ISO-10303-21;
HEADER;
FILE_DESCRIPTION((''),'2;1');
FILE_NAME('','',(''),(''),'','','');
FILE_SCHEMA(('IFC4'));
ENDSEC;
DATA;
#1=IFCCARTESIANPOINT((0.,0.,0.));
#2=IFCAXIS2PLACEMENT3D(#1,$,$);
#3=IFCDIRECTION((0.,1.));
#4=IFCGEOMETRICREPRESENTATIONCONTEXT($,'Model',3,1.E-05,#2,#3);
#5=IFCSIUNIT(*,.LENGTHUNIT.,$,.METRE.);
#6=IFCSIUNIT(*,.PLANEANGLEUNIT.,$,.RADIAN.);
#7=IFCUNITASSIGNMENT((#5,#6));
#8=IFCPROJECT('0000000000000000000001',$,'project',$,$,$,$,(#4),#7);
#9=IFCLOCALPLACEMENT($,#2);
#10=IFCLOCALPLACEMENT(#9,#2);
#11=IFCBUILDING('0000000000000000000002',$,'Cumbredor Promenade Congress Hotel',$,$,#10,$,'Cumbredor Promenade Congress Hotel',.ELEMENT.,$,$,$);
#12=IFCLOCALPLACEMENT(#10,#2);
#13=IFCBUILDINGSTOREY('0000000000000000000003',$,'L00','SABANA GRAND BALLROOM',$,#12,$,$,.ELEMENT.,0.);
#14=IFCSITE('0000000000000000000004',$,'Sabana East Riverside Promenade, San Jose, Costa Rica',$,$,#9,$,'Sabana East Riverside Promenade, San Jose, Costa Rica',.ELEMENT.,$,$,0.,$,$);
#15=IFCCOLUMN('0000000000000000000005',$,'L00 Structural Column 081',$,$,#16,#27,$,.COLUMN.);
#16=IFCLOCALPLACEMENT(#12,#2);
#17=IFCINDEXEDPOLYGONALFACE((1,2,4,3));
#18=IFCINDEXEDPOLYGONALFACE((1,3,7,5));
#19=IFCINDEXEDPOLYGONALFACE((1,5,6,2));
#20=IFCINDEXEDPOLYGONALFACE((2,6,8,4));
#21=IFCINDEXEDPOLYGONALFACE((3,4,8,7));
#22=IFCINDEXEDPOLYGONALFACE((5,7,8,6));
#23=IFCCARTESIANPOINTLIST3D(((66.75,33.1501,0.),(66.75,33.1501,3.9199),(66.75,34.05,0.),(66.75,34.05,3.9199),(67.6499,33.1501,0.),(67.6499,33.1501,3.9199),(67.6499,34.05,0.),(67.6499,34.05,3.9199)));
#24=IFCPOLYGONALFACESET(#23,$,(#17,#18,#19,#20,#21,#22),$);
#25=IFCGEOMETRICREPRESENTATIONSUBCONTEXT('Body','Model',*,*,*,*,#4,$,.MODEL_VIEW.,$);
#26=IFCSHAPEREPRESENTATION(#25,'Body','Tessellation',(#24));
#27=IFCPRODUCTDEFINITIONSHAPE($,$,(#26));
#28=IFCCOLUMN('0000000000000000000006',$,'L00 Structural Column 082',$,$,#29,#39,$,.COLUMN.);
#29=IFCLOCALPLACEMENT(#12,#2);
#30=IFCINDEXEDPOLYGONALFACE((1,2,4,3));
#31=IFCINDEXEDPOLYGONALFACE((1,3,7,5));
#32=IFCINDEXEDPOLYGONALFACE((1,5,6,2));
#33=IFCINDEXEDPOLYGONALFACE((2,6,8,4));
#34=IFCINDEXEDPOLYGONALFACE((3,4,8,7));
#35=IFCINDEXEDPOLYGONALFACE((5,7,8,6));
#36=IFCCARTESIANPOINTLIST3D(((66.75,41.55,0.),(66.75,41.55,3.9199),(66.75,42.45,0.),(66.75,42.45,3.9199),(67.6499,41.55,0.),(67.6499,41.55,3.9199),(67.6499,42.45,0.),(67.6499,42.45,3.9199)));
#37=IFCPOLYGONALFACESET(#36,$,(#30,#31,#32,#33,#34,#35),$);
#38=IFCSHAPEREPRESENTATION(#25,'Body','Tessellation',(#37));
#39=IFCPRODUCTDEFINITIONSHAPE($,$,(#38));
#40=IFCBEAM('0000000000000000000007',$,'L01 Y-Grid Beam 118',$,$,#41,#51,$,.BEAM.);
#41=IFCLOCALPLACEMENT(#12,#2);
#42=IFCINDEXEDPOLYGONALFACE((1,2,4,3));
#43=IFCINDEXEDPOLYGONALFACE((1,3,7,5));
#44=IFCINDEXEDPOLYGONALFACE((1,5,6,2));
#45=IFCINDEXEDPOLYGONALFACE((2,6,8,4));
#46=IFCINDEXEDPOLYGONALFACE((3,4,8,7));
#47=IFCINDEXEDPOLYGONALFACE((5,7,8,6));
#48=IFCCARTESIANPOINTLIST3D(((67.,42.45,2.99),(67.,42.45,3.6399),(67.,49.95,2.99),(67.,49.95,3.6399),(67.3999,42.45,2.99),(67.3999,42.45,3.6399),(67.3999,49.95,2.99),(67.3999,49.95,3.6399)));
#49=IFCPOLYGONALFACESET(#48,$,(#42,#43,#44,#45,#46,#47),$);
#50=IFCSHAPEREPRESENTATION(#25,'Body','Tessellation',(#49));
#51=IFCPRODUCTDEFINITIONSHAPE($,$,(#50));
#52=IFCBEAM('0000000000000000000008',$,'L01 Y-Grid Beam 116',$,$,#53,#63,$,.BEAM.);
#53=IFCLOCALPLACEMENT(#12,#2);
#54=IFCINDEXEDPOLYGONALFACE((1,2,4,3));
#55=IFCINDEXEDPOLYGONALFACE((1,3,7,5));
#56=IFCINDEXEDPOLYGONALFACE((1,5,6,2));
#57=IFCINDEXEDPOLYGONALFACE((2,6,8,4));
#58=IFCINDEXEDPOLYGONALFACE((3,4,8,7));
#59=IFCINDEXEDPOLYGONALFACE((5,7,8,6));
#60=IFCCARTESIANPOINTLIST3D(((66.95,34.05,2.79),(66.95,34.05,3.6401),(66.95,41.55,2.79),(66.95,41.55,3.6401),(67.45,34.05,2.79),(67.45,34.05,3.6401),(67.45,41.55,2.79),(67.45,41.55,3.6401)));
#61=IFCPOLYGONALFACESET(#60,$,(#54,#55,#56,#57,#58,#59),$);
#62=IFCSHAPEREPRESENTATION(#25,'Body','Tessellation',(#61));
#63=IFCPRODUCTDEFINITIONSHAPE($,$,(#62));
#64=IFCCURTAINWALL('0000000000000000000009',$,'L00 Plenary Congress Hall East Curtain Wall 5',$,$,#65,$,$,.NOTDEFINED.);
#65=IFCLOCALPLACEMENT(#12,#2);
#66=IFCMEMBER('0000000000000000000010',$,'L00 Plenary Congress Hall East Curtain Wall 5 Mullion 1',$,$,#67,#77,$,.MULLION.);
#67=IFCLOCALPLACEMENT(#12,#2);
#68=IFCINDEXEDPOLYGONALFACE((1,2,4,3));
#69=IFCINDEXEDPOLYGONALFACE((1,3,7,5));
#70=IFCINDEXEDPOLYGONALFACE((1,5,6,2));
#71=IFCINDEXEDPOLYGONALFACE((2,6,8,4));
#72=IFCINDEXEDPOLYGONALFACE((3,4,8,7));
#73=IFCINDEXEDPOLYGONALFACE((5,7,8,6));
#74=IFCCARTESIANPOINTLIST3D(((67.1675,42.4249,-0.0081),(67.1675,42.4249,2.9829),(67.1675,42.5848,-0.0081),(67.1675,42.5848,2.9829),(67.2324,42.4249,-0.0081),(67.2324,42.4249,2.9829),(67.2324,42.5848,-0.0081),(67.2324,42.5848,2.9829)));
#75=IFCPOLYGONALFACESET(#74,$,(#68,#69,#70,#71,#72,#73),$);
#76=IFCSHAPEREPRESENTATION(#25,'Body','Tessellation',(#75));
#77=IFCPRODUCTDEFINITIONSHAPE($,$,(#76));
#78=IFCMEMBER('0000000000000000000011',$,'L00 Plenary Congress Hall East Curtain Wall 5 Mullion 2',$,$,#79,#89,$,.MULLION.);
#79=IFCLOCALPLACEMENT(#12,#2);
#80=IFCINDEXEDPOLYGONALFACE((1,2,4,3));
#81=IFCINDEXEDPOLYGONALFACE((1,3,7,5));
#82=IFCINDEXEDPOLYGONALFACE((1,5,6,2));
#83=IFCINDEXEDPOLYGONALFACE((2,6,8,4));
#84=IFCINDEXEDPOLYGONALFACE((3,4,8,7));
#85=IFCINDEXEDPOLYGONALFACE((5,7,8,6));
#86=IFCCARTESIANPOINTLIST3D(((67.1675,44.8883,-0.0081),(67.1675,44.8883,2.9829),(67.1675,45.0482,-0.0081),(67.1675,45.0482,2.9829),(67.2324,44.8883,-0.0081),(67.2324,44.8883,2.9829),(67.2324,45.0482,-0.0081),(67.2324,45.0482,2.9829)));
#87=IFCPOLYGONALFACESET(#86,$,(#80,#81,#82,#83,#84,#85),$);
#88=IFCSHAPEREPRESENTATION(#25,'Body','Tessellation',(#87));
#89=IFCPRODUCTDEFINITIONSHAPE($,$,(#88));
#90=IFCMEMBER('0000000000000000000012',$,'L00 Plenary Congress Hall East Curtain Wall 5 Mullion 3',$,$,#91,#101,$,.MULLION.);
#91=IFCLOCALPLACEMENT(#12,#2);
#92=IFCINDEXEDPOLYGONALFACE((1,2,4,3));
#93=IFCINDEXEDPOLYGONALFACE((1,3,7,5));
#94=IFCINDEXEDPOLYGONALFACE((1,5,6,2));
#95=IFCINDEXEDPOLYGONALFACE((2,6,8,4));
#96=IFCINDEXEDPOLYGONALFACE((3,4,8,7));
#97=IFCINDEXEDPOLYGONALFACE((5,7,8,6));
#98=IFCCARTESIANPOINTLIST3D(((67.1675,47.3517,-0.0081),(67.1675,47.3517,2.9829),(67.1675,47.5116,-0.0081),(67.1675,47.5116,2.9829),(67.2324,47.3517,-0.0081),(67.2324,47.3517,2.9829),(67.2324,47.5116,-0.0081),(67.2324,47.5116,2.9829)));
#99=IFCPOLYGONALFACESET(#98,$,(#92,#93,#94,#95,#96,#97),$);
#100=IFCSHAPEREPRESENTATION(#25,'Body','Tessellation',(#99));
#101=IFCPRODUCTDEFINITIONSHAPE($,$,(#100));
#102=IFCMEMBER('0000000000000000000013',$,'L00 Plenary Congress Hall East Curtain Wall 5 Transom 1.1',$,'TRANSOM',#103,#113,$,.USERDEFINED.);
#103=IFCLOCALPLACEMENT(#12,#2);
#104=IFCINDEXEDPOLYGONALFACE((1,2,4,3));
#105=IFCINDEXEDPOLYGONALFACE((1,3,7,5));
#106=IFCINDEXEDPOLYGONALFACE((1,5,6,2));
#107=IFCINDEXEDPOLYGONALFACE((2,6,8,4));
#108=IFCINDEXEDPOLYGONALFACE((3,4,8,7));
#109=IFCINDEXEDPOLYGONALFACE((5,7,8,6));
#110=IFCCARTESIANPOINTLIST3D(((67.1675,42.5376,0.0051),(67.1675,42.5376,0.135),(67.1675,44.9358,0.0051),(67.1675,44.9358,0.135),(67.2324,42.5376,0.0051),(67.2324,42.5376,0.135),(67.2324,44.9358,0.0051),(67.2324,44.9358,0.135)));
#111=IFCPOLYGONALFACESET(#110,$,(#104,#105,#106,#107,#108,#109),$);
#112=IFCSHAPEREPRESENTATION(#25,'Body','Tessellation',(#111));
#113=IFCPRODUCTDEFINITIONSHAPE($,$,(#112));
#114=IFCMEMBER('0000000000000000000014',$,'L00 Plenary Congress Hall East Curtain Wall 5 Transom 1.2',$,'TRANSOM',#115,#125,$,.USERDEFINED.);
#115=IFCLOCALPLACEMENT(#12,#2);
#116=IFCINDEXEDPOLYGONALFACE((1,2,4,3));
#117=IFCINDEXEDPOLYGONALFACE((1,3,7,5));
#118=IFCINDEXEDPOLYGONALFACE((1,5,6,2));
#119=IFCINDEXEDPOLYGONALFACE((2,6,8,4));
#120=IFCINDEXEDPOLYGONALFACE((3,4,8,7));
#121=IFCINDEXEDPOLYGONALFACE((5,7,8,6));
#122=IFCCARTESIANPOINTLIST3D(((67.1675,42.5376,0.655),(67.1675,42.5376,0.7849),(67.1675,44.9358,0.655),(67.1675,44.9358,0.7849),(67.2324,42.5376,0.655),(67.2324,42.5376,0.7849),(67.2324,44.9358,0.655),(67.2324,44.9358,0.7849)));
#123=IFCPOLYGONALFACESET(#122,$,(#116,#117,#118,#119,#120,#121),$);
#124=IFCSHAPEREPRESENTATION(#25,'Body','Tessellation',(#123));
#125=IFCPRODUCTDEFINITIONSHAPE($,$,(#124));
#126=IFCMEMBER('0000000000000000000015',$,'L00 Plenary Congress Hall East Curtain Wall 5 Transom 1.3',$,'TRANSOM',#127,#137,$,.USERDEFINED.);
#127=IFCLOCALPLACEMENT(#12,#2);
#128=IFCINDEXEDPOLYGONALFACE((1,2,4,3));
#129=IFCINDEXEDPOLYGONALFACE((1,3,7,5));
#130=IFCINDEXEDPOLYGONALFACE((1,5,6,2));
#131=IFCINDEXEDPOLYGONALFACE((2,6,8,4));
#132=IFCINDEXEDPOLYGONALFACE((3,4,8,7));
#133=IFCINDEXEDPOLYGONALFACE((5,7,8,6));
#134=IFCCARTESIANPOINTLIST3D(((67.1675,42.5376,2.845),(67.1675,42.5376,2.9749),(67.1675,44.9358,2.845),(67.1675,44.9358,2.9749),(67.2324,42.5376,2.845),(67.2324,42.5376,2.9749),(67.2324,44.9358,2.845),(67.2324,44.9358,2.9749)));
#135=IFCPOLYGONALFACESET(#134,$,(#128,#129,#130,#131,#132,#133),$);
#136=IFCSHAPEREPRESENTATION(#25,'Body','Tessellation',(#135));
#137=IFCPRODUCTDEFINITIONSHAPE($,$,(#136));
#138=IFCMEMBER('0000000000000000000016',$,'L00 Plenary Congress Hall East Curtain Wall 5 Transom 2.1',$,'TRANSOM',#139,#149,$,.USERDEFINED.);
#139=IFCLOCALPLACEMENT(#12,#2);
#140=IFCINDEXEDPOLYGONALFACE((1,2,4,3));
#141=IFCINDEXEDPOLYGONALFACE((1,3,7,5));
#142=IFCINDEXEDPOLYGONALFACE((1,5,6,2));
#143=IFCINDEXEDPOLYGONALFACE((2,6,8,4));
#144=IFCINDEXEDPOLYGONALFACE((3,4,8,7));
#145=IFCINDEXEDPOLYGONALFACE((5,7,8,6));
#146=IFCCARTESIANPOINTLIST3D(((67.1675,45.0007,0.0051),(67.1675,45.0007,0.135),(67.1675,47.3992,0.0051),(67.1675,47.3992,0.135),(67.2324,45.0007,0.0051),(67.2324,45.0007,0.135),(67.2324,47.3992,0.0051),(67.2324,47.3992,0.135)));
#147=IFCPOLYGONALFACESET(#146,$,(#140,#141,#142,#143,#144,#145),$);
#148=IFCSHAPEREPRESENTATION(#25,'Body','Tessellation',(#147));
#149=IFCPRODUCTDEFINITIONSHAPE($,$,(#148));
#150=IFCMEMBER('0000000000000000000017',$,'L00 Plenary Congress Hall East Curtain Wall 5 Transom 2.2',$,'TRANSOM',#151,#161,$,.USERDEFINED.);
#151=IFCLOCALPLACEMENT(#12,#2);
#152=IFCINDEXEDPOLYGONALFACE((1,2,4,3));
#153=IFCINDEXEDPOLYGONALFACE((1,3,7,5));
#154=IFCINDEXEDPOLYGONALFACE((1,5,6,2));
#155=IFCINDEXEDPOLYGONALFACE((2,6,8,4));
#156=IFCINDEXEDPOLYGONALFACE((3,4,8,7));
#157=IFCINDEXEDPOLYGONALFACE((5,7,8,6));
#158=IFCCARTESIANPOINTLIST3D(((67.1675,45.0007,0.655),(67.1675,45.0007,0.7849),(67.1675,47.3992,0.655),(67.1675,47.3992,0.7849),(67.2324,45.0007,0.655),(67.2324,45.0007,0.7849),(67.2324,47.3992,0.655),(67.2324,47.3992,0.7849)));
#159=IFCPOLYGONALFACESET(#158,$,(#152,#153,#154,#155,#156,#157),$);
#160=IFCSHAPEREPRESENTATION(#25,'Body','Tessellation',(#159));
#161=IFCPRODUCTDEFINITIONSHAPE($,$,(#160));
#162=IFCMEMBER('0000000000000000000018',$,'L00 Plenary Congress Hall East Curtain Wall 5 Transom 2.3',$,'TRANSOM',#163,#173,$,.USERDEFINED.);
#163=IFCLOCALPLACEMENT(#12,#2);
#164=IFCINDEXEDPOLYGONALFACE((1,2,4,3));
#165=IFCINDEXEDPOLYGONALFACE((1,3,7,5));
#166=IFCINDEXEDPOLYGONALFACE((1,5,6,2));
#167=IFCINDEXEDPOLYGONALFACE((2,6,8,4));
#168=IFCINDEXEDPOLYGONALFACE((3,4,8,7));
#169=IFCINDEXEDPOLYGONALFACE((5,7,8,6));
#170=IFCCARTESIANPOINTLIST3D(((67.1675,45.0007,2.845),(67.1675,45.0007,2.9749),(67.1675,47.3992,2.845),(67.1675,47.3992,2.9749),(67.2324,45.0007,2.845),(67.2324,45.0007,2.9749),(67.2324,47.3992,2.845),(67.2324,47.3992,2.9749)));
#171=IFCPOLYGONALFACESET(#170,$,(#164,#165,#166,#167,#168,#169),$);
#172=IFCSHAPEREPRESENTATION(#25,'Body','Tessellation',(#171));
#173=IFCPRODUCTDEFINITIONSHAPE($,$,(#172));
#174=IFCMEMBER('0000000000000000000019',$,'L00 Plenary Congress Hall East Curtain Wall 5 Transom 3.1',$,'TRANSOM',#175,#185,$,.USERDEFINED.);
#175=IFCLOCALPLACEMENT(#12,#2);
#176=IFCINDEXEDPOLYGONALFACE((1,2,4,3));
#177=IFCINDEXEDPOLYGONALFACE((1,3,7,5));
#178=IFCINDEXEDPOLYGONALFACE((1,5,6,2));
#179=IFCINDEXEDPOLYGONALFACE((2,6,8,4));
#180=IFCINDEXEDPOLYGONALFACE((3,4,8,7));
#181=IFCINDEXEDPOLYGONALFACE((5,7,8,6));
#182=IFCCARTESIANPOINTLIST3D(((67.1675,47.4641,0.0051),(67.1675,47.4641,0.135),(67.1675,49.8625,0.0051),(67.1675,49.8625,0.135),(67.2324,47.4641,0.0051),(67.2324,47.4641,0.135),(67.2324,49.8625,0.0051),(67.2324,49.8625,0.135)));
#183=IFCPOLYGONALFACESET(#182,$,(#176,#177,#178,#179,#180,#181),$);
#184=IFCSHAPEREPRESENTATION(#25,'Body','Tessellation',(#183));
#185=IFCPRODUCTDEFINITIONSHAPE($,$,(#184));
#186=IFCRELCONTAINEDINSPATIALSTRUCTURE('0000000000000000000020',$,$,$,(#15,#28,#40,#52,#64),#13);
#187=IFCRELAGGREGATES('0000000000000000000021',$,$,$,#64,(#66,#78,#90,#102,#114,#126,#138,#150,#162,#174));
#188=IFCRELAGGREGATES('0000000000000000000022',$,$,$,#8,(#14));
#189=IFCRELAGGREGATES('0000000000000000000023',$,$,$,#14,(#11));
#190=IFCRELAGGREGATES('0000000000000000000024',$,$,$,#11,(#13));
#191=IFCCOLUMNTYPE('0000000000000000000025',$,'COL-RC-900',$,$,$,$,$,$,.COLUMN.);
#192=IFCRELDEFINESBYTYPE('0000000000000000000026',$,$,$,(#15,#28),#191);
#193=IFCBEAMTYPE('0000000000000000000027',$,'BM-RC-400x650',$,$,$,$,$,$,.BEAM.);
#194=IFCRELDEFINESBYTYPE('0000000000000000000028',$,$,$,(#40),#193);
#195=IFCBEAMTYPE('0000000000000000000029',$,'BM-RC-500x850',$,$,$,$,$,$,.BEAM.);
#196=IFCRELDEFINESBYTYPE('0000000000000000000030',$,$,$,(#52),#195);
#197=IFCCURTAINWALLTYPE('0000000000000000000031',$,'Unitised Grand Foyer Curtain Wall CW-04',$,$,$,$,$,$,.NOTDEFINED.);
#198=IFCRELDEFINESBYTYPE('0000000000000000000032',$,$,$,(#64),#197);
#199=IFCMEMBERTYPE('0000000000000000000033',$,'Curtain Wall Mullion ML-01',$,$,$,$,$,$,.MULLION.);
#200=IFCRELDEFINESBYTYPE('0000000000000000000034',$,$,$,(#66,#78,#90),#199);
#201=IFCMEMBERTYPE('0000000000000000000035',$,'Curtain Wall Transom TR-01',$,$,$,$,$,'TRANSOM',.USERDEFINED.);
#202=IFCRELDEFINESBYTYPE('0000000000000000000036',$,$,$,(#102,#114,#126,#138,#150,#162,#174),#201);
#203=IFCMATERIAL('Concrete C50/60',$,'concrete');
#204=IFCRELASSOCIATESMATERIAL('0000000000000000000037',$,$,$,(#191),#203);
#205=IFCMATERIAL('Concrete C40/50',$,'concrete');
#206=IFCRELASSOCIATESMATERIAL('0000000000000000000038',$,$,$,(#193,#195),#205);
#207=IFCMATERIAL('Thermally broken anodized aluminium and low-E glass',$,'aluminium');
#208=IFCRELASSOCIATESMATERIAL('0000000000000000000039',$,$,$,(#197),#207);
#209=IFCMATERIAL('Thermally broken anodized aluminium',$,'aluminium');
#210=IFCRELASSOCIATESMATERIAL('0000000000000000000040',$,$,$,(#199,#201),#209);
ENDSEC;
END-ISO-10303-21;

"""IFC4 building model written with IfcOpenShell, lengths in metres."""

from ifc_helpers import new_model, si_unit, direction, frame, origin, origin_2d, place, context, subcontext, project, spatial, rectangle, extrude, material, material_profile, profile_set, type_object, element, aggregate, save


model = new_model("IFC4")

# Units and contexts
model_context = context("Model", 3, precision=1e-05, world=origin(), true_north=direction((0.0, 1.0)))
body_context = subcontext(model_context, "Body", "Model", "MODEL_VIEW")
ifc_project = project(units=[si_unit("LENGTHUNIT", "METRE"), si_unit("PLANEANGLEUNIT", "RADIAN")], contexts=[model_context])

# Site, building, storey
site_placement = place(None, origin())
site = spatial("IfcSite", under=ifc_project, at=site_placement, Name="Sabana East Riverside Promenade, San Jose, Costa Rica", LongName="Sabana East Riverside Promenade, San Jose, Costa Rica", CompositionType="ELEMENT", RefElevation=0.0)
building_placement = place(site_placement, origin())
building = spatial("IfcBuilding", under=site, at=building_placement, Name="Cumbredor Promenade Congress Hotel", LongName="Cumbredor Promenade Congress Hotel", CompositionType="ELEMENT")
storey_placement = place(building_placement, origin())
storey = spatial("IfcBuildingStorey", under=building, at=storey_placement, Name="L00", Description="SABANA GRAND BALLROOM", CompositionType="ELEMENT", Elevation=0.0)

# Columns
ifc_material_1 = material(Name="Concrete C50/60", Category="concrete")
ifc_material_profile_1 = material_profile(ifc_material_1, rectangle(XDim=0.8999, YDim=0.8999, at=origin_2d()), Name="RC 900x900")
ifc_profile_set_1 = profile_set([ifc_material_profile_1], Name="Concrete C50/60")
column_type = type_object("IfcColumnType", Name="COL-RC-900", PredefinedType="COLUMN", material=ifc_profile_set_1)
for number, where, z_axis, x_axis, name in (
    (1, (67.2, 33.6001, 0.0), (0.0, 0.0, 1.0), (1.0, 0.0, 0.0), "L00 Structural Column 081"),
    (2, (67.2, 42.0, 0.0), (0.0, 0.0, 1.0), (1.0, 0.0, 0.0), "L00 Structural Column 082"),
):
    element("IfcColumn", number, at=place(storey_placement, frame(where, z_axis=z_axis, x_axis=x_axis)), inside=storey, type_object=column_type, Name=name, PredefinedType="COLUMN", context=body_context, shape_type="SweptSolid", body=[
        extrude(rectangle(XDim=0.8999, YDim=0.8999, at=origin_2d()), origin(), (0.0, 0.0, 1.0), 3.9199),
    ])

# Beams
ifc_material_2 = material(Name="Concrete C40/50", Category="concrete")
ifc_material_profile_2 = material_profile(ifc_material_2, rectangle(XDim=0.3999, YDim=0.6499, at=origin_2d()), Name="RC BEAM 400x650")
ifc_profile_set_2 = profile_set([ifc_material_profile_2], Name="Concrete C40/50")
beam_type_1 = type_object("IfcBeamType", Name="BM-RC-400x650", PredefinedType="BEAM", material=ifc_profile_set_2)
beam_1_placement = place(storey_placement, frame((67.2, 42.45, 3.3149), z_axis=(0.0, 1.0, 0.0), x_axis=(-1.0, 0.0, 0.0)))
element("IfcBeam", 3, at=beam_1_placement, inside=storey, type_object=beam_type_1, Name="L01 Y-Grid Beam 118", PredefinedType="BEAM", context=body_context, shape_type="SweptSolid", body=[
    extrude(rectangle(XDim=0.3999, YDim=0.6499, at=origin_2d()), origin(), (0.0, 0.0, 1.0), 7.5),
])
ifc_material_profile_3 = material_profile(ifc_material_2, rectangle(XDim=0.5, YDim=0.8501, at=origin_2d()), Name="RC BEAM 500x850")
ifc_profile_set_3 = profile_set([ifc_material_profile_3], Name="Concrete C40/50")
beam_type_2 = type_object("IfcBeamType", Name="BM-RC-500x850", PredefinedType="BEAM", material=ifc_profile_set_3)
beam_2_placement = place(storey_placement, frame((67.2, 34.05, 3.2151), z_axis=(0.0, 1.0, 0.0), x_axis=(-1.0, 0.0, 0.0)))
element("IfcBeam", 4, at=beam_2_placement, inside=storey, type_object=beam_type_2, Name="L01 Y-Grid Beam 116", PredefinedType="BEAM", context=body_context, shape_type="SweptSolid", body=[
    extrude(rectangle(XDim=0.5, YDim=0.8501, at=origin_2d()), origin(), (0.0, 0.0, 1.0), 7.5),
])

# Curtain wall, members
ifc_material_3 = material(Name="Thermally broken anodized aluminium and low-E glass", Category="aluminium")
curtain_wall_type = type_object("IfcCurtainWallType", Name="Unitised Grand Foyer Curtain Wall CW-04", PredefinedType="NOTDEFINED", material=ifc_material_3)
curtain_wall_placement = place(storey_placement, origin())
curtain_wall = element("IfcCurtainWall", 5, at=curtain_wall_placement, inside=storey, type_object=curtain_wall_type, Name="L00 Plenary Congress Hall East Curtain Wall 5", PredefinedType="NOTDEFINED")
ifc_material_4 = material(Name="Thermally broken anodized aluminium", Category="aluminium")
ifc_material_profile_4 = material_profile(ifc_material_4, rectangle(XDim=0.0649, YDim=0.1599, at=origin_2d()), Name="ALU MULLION 65x160")
ifc_profile_set_4 = profile_set([ifc_material_profile_4], Name="Thermally broken anodized aluminium")
member_type_1 = type_object("IfcMemberType", Name="Curtain Wall Mullion ML-01", PredefinedType="MULLION", material=ifc_profile_set_4)
member_1_placement = place(storey_placement, frame((67.2, 42.5049, -0.0081), z_axis=(0.0, 0.0, 1.0), x_axis=(1.0, 0.0, 0.0)))
member_1 = element("IfcMember", 6, at=member_1_placement, type_object=member_type_1, Name="L00 Plenary Congress Hall East Curtain Wall 5 Mullion 1", PredefinedType="MULLION", context=body_context, shape_type="SweptSolid", body=[
    extrude(rectangle(XDim=0.0649, YDim=0.1599, at=origin_2d()), origin(), (0.0, 0.0, 1.0), 2.991),
])
member_2_placement = place(storey_placement, frame((67.2, 44.9683, -0.0081), z_axis=(0.0, 0.0, 1.0), x_axis=(1.0, 0.0, 0.0)))
member_2 = element("IfcMember", 7, at=member_2_placement, type_object=member_type_1, Name="L00 Plenary Congress Hall East Curtain Wall 5 Mullion 2", PredefinedType="MULLION", context=body_context, shape_type="SweptSolid", body=[
    extrude(rectangle(XDim=0.0649, YDim=0.1599, at=origin_2d()), origin(), (0.0, 0.0, 1.0), 2.991),
])
member_3_placement = place(storey_placement, frame((67.2, 47.4316, -0.0081), z_axis=(0.0, 0.0, 1.0), x_axis=(1.0, 0.0, 0.0)))
member_3 = element("IfcMember", 8, at=member_3_placement, type_object=member_type_1, Name="L00 Plenary Congress Hall East Curtain Wall 5 Mullion 3", PredefinedType="MULLION", context=body_context, shape_type="SweptSolid", body=[
    extrude(rectangle(XDim=0.0649, YDim=0.1599, at=origin_2d()), origin(), (0.0, 0.0, 1.0), 2.991),
])
ifc_material_profile_5 = material_profile(ifc_material_4, rectangle(XDim=0.0649, YDim=0.1299, at=origin_2d()), Name="ALU TRANSOM 65x130")
ifc_profile_set_5 = profile_set([ifc_material_profile_5], Name="Thermally broken anodized aluminium")
member_type_2 = type_object("IfcMemberType", Name="Curtain Wall Transom TR-01", ElementType="TRANSOM", PredefinedType="USERDEFINED", material=ifc_profile_set_5)
member_4_placement = place(storey_placement, frame((67.2, 42.5376, 0.0701), z_axis=(0.0, 1.0, 0.0), x_axis=(-1.0, 0.0, 0.0)))
member_4 = element("IfcMember", 9, at=member_4_placement, type_object=member_type_2, Name="L00 Plenary Congress Hall East Curtain Wall 5 Transom 1.1", ObjectType="TRANSOM", PredefinedType="USERDEFINED", context=body_context, shape_type="SweptSolid", body=[
    extrude(rectangle(XDim=0.0649, YDim=0.1299, at=origin_2d()), origin(), (0.0, 0.0, 1.0), 2.3982),
])
member_5_placement = place(storey_placement, frame((67.2, 42.5376, 0.72), z_axis=(0.0, 1.0, 0.0), x_axis=(-1.0, 0.0, 0.0)))
member_5 = element("IfcMember", 10, at=member_5_placement, type_object=member_type_2, Name="L00 Plenary Congress Hall East Curtain Wall 5 Transom 1.2", ObjectType="TRANSOM", PredefinedType="USERDEFINED", context=body_context, shape_type="SweptSolid", body=[
    extrude(rectangle(XDim=0.0649, YDim=0.1299, at=origin_2d()), origin(), (0.0, 0.0, 1.0), 2.3982),
])
member_6_placement = place(storey_placement, frame((67.2, 42.5376, 2.9099), z_axis=(0.0, 1.0, 0.0), x_axis=(-1.0, 0.0, 0.0)))
member_6 = element("IfcMember", 11, at=member_6_placement, type_object=member_type_2, Name="L00 Plenary Congress Hall East Curtain Wall 5 Transom 1.3", ObjectType="TRANSOM", PredefinedType="USERDEFINED", context=body_context, shape_type="SweptSolid", body=[
    extrude(rectangle(XDim=0.0649, YDim=0.1299, at=origin_2d()), origin(), (0.0, 0.0, 1.0), 2.3982),
])
member_7_placement = place(storey_placement, frame((67.2, 45.0007, 0.0701), z_axis=(0.0, 1.0, 0.0), x_axis=(-1.0, 0.0, 0.0)))
member_7 = element("IfcMember", 12, at=member_7_placement, type_object=member_type_2, Name="L00 Plenary Congress Hall East Curtain Wall 5 Transom 2.1", ObjectType="TRANSOM", PredefinedType="USERDEFINED", context=body_context, shape_type="SweptSolid", body=[
    extrude(rectangle(XDim=0.0649, YDim=0.1299, at=origin_2d()), origin(), (0.0, 0.0, 1.0), 2.3984),
])
member_8_placement = place(storey_placement, frame((67.2, 45.0007, 0.72), z_axis=(0.0, 1.0, 0.0), x_axis=(-1.0, 0.0, 0.0)))
member_8 = element("IfcMember", 13, at=member_8_placement, type_object=member_type_2, Name="L00 Plenary Congress Hall East Curtain Wall 5 Transom 2.2", ObjectType="TRANSOM", PredefinedType="USERDEFINED", context=body_context, shape_type="SweptSolid", body=[
    extrude(rectangle(XDim=0.0649, YDim=0.1299, at=origin_2d()), origin(), (0.0, 0.0, 1.0), 2.3984),
])
member_9_placement = place(storey_placement, frame((67.2, 45.0007, 2.9099), z_axis=(0.0, 1.0, 0.0), x_axis=(-1.0, 0.0, 0.0)))
member_9 = element("IfcMember", 14, at=member_9_placement, type_object=member_type_2, Name="L00 Plenary Congress Hall East Curtain Wall 5 Transom 2.3", ObjectType="TRANSOM", PredefinedType="USERDEFINED", context=body_context, shape_type="SweptSolid", body=[
    extrude(rectangle(XDim=0.0649, YDim=0.1299, at=origin_2d()), origin(), (0.0, 0.0, 1.0), 2.3984),
])
member_10_placement = place(storey_placement, frame((67.2, 47.4641, 0.0701), z_axis=(0.0, 1.0, 0.0), x_axis=(-1.0, 0.0, 0.0)))
member_10 = element("IfcMember", 15, at=member_10_placement, type_object=member_type_2, Name="L00 Plenary Congress Hall East Curtain Wall 5 Transom 3.1", ObjectType="TRANSOM", PredefinedType="USERDEFINED", context=body_context, shape_type="SweptSolid", body=[
    extrude(rectangle(XDim=0.0649, YDim=0.1299, at=origin_2d()), origin(), (0.0, 0.0, 1.0), 2.3984),
])
aggregate(curtain_wall, [member_1, member_2, member_3, member_4, member_5, member_6, member_7, member_8, member_9, member_10])

save(model, "model.ifc")
